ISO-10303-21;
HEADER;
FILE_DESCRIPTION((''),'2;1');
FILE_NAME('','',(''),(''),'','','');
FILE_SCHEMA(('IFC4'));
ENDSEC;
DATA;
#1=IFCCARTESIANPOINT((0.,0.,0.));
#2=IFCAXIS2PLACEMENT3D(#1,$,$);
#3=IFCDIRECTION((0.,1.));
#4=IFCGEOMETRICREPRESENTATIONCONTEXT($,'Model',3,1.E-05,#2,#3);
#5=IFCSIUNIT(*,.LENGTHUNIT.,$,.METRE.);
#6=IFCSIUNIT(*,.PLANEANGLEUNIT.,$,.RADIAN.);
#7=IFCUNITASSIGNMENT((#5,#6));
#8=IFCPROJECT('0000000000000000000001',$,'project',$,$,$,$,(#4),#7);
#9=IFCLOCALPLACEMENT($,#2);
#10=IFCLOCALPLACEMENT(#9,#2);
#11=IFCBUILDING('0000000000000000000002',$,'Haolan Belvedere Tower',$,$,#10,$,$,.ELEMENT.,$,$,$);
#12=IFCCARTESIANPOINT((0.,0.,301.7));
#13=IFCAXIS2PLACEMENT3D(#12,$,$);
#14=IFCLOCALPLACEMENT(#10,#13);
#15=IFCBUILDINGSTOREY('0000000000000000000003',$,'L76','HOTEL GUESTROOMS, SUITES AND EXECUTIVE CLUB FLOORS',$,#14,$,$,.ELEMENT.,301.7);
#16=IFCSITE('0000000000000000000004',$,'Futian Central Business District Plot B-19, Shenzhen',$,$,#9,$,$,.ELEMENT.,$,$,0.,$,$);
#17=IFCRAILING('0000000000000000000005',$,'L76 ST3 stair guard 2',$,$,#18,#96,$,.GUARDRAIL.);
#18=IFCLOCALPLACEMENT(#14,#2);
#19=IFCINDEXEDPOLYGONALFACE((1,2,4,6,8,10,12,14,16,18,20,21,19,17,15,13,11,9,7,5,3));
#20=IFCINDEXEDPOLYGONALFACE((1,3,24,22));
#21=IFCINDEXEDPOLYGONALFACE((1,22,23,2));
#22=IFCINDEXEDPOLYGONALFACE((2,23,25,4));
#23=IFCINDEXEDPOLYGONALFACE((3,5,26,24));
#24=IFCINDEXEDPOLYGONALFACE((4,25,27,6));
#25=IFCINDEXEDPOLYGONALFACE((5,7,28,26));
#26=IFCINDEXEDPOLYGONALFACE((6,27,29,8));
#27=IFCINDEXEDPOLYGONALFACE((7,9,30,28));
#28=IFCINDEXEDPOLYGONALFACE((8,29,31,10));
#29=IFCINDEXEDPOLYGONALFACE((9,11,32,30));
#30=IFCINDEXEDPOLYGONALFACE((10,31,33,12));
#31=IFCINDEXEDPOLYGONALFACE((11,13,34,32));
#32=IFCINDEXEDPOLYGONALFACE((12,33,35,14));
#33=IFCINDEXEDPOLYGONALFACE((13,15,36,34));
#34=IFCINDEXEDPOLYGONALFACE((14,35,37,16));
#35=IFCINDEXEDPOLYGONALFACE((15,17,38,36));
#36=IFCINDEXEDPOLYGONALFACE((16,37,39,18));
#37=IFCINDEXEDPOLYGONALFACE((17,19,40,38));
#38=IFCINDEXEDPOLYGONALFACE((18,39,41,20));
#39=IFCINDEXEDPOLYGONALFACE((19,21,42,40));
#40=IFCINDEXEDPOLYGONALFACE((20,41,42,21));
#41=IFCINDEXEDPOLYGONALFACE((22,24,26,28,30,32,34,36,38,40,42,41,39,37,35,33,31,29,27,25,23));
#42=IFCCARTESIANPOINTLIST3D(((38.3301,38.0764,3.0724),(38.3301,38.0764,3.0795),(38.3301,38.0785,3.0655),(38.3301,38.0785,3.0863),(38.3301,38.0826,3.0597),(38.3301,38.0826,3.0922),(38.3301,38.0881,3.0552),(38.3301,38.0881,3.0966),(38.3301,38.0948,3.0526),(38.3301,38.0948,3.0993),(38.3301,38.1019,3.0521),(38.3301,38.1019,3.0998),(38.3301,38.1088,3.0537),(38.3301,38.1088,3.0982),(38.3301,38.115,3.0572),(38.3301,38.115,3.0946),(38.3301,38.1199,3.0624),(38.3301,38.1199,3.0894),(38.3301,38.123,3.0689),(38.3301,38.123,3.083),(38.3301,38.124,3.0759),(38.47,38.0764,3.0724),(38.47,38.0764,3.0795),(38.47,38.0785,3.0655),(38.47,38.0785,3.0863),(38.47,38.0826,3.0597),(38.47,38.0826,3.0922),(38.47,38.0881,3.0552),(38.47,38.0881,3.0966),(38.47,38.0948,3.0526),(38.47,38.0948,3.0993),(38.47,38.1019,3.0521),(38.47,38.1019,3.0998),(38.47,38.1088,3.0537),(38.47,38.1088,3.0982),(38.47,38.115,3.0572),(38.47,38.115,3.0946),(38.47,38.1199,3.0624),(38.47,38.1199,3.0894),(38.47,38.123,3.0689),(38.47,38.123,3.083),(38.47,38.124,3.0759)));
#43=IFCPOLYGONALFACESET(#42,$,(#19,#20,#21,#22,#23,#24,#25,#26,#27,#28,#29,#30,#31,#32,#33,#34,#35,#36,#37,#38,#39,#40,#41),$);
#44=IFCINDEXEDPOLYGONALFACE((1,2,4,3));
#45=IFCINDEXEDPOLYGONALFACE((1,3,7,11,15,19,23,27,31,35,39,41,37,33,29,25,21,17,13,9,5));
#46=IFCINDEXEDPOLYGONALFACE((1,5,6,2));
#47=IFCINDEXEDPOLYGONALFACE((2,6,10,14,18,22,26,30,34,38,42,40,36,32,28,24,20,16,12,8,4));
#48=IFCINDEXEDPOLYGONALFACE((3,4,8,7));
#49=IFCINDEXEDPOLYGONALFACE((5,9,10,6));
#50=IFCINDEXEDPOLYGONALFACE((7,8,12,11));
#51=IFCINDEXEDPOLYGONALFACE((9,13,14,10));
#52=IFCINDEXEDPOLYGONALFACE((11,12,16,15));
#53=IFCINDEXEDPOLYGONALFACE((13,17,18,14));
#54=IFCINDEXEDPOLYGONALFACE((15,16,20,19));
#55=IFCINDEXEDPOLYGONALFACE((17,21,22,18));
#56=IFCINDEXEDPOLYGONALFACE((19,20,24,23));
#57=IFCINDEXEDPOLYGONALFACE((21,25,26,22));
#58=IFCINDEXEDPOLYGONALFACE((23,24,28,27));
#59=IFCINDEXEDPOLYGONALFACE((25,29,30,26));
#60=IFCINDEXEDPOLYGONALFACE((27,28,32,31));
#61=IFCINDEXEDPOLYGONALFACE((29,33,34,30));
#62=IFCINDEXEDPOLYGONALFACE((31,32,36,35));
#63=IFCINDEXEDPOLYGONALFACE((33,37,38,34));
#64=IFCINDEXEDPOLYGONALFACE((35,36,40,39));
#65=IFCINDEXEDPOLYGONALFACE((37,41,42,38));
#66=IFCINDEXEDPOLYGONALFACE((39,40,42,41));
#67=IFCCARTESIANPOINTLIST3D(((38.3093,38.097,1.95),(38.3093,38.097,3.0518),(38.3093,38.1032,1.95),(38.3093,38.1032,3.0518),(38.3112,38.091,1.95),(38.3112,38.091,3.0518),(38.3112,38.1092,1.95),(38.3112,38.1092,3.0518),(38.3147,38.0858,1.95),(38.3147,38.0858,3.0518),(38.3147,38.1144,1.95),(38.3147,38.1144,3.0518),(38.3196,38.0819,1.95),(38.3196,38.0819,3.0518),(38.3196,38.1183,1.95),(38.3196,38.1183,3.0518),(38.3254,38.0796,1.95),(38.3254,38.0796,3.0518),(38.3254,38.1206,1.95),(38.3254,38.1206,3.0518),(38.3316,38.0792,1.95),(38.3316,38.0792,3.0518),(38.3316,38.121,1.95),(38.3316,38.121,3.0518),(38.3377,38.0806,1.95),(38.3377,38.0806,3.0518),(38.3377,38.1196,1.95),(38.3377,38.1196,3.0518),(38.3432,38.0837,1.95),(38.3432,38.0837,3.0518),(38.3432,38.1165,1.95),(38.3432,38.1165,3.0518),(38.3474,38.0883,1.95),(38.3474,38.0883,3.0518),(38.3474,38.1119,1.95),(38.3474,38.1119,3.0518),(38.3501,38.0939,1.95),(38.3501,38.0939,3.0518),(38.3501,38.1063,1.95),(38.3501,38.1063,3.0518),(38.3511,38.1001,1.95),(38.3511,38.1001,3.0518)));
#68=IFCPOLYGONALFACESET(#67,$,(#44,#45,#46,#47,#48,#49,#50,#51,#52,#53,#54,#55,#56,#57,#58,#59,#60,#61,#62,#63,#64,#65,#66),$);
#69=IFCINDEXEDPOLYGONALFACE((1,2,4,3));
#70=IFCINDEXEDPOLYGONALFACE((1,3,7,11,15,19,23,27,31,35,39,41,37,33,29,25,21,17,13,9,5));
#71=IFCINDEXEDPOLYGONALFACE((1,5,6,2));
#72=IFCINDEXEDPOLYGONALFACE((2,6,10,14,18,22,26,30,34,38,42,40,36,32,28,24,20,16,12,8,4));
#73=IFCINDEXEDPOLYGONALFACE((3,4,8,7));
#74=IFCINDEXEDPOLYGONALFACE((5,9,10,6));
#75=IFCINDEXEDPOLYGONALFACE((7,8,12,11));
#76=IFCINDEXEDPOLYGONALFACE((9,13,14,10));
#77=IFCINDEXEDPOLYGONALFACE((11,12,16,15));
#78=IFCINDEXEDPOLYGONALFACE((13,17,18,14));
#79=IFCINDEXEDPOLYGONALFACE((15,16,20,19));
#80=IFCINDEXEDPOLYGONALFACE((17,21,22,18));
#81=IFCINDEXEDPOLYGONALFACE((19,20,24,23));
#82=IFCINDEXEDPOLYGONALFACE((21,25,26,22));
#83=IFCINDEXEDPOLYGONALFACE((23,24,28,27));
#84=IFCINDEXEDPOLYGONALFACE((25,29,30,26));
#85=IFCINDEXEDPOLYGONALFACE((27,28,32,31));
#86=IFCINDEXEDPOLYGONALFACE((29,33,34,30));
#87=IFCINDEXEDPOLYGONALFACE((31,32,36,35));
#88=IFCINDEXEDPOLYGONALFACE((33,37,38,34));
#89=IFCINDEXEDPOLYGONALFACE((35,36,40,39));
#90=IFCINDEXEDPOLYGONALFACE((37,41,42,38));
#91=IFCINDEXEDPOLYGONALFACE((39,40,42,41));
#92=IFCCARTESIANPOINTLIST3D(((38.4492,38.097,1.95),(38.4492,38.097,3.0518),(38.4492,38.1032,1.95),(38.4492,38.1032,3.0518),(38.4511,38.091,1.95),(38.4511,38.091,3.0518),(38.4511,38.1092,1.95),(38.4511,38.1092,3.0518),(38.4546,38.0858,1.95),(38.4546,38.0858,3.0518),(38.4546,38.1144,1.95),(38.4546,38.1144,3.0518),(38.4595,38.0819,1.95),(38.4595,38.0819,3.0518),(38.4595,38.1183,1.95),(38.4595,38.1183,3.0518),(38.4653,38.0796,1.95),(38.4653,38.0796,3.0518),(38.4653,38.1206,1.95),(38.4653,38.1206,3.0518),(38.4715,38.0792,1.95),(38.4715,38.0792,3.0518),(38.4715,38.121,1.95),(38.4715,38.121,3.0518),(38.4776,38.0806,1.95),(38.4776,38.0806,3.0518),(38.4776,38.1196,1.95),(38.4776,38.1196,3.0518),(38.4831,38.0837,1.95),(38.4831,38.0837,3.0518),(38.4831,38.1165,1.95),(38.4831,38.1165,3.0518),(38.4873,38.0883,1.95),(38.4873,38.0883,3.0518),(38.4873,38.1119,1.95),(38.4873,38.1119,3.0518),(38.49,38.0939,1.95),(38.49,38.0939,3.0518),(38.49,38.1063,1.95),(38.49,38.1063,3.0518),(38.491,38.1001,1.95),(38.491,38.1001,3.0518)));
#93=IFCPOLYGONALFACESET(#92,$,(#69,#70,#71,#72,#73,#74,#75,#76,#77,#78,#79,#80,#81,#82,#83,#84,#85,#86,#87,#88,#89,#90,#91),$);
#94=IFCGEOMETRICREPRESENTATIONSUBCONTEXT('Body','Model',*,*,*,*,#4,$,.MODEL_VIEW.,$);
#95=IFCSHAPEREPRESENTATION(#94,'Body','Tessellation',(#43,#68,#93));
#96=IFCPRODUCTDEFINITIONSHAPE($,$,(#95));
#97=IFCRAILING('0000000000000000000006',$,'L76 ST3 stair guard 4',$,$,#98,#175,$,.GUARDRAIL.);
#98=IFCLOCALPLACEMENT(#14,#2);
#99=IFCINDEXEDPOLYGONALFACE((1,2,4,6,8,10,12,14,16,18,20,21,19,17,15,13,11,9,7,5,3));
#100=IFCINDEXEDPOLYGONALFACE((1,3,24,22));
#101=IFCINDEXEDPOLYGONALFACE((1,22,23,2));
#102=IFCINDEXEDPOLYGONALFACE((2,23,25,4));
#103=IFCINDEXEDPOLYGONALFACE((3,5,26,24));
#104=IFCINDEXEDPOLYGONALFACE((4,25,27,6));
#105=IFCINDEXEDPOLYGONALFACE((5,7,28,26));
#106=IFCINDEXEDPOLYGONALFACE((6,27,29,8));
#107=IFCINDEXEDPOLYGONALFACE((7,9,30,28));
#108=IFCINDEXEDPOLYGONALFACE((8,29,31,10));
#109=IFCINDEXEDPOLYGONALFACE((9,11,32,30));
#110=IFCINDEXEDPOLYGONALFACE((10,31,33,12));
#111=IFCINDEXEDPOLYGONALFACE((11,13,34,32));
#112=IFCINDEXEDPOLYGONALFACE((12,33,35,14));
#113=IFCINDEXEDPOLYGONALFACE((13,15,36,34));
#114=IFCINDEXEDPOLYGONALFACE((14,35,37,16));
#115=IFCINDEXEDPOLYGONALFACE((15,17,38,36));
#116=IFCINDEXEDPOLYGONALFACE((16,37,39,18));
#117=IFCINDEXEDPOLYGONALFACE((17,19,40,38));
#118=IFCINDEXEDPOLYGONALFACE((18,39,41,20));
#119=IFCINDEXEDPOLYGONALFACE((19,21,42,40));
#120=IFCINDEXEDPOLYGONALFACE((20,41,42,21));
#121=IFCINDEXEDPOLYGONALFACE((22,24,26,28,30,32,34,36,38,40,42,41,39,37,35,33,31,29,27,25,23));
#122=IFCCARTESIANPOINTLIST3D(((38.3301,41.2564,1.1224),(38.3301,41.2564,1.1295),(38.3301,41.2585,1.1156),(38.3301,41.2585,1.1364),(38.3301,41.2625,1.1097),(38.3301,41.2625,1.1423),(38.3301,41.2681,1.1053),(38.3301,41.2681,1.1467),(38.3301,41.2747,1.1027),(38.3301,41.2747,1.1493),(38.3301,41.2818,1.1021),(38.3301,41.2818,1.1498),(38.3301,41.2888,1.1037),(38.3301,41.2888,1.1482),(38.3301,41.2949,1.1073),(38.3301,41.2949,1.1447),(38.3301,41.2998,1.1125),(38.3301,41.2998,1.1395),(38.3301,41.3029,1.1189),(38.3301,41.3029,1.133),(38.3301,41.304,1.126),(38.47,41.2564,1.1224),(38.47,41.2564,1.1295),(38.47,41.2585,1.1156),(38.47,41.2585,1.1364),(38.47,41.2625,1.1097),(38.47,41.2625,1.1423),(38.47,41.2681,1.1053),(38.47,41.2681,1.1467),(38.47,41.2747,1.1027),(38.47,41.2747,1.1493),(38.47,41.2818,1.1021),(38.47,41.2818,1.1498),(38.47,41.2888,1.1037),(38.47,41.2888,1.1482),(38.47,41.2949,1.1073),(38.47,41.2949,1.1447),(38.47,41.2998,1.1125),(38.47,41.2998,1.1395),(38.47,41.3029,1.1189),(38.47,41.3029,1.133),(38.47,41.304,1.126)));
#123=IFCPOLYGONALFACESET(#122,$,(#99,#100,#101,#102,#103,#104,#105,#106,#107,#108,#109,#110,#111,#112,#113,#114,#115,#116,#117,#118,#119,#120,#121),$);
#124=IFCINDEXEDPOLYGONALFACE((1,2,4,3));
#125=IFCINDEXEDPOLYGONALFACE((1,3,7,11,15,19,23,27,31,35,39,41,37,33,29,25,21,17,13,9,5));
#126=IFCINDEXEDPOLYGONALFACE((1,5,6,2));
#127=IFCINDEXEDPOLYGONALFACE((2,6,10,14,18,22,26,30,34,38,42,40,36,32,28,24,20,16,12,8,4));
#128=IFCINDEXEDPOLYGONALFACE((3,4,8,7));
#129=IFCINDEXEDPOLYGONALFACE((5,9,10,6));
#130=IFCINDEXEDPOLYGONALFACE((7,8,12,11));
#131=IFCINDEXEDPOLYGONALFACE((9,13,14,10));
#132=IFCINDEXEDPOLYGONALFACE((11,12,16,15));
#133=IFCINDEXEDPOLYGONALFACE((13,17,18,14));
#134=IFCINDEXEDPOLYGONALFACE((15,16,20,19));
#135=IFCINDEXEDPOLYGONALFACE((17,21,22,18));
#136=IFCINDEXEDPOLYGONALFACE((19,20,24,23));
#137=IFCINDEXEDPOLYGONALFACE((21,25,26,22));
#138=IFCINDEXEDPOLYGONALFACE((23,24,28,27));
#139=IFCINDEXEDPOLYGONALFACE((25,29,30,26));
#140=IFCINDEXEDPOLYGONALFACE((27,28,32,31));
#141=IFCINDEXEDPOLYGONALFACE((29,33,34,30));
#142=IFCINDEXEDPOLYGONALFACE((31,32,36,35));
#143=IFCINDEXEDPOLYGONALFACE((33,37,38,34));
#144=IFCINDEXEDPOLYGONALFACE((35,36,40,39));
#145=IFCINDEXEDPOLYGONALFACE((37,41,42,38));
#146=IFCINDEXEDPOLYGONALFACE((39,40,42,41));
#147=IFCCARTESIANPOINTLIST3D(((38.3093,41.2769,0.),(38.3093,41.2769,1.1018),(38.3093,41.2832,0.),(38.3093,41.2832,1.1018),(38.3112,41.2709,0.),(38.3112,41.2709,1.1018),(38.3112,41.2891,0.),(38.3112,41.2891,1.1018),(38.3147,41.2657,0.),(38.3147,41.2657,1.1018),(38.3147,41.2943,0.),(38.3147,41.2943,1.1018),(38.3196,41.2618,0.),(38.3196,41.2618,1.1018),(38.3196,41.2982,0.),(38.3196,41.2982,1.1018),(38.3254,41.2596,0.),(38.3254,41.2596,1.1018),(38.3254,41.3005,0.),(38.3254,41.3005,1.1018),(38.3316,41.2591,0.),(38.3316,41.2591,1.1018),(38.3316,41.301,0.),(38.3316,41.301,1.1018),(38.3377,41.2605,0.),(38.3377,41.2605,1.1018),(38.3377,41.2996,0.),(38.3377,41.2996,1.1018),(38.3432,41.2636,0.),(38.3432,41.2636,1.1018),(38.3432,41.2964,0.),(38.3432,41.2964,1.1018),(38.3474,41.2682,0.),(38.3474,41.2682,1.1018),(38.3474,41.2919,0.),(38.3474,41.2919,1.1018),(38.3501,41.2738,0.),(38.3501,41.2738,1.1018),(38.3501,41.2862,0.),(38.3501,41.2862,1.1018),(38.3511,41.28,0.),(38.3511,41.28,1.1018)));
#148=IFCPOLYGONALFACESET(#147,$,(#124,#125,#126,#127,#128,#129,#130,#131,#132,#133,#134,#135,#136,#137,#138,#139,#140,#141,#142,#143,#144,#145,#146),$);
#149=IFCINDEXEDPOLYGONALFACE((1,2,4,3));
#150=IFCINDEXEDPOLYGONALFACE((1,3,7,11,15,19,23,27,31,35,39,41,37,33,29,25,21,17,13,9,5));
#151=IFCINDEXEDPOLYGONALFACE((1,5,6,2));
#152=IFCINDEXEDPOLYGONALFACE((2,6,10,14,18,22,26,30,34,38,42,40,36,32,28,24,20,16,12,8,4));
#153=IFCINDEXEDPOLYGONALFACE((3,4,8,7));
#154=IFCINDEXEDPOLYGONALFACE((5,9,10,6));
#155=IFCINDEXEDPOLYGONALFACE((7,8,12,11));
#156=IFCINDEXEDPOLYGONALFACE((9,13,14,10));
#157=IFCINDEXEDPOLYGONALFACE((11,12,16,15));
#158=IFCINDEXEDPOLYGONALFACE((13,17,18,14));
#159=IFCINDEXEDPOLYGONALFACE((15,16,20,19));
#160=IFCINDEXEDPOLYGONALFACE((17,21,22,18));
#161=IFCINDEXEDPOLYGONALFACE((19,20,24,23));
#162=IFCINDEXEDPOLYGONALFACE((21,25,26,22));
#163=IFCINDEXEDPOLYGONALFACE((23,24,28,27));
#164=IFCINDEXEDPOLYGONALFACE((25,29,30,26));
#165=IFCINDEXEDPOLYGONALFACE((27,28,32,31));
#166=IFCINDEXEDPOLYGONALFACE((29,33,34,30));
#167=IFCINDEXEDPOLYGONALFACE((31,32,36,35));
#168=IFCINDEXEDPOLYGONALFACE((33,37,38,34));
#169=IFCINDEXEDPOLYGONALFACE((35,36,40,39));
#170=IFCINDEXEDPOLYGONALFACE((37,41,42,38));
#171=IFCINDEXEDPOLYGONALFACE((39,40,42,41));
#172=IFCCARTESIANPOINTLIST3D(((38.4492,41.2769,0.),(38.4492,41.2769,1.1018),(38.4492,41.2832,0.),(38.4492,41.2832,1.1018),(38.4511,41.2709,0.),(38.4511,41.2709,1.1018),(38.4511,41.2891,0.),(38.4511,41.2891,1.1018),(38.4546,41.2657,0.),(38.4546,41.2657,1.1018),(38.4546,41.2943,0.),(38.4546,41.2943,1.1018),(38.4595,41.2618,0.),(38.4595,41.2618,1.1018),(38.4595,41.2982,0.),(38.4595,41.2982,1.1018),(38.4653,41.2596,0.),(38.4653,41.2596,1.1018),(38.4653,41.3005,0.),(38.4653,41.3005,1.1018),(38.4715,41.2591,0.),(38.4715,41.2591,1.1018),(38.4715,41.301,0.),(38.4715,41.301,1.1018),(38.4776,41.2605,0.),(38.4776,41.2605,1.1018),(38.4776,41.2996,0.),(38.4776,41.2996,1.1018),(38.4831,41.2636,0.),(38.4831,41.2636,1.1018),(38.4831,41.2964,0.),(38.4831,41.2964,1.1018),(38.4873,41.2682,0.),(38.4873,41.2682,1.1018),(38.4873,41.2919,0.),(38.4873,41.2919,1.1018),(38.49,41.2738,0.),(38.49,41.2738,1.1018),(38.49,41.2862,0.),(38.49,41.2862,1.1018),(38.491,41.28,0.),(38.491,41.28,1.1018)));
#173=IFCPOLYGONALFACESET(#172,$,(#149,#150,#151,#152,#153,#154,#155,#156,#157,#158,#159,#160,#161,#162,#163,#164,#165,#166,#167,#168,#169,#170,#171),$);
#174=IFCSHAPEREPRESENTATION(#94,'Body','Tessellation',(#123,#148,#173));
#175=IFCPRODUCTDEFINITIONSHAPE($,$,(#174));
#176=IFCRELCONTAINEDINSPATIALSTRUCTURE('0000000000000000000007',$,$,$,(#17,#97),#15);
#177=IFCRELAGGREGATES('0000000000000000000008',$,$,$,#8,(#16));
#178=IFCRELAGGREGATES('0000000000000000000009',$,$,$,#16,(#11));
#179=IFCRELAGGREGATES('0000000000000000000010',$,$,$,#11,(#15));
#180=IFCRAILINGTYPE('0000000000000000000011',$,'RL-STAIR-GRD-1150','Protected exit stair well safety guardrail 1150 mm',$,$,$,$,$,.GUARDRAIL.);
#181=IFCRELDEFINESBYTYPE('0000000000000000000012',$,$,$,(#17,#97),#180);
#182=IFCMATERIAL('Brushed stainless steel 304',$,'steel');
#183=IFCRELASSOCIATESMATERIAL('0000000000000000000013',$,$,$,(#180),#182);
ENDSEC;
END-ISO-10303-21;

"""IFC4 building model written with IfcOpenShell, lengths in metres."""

from ifc_helpers import new_model, si_unit, direction, frame, origin, origin_2d, place, context, subcontext, project, spatial, circle, extrude, material, type_object, element, save


model = new_model("IFC4")

# Units and contexts
model_context = context("Model", 3, precision=1e-05, world=origin(), true_north=direction((0.0, 1.0)))
body_context = subcontext(model_context, "Body", "Model", "MODEL_VIEW")
ifc_project = project(units=[si_unit("LENGTHUNIT", "METRE"), si_unit("PLANEANGLEUNIT", "RADIAN")], contexts=[model_context])

# Site, building, storey
site_placement = place(None, origin())
site = spatial("IfcSite", under=ifc_project, at=site_placement, Name="Futian Central Business District Plot B-19, Shenzhen", CompositionType="ELEMENT", RefElevation=0.0)
building_placement = place(site_placement, origin())
building = spatial("IfcBuilding", under=site, at=building_placement, Name="Haolan Belvedere Tower", CompositionType="ELEMENT")
storey_placement = place(building_placement, frame((0.0, 0.0, 301.7)))
storey = spatial("IfcBuildingStorey", under=building, at=storey_placement, Name="L76", Description="HOTEL GUESTROOMS, SUITES AND EXECUTIVE CLUB FLOORS", CompositionType="ELEMENT", Elevation=301.7)

# Railings
ifc_material_1 = material(Name="Brushed stainless steel 304", Category="steel")
railing_type_1 = type_object("IfcRailingType", Name="RL-STAIR-GRD-1150", Description="Protected exit stair well safety guardrail 1150 mm", PredefinedType="GUARDRAIL", material=ifc_material_1)
for number, where, name in (
    (1, (38.3301, 38.1001, 1.95), "L76 ST3 stair guard 2"),
    (2, (38.3301, 41.28, 0.0), "L76 ST3 stair guard 4"),
):
    element("IfcRailing", number, at=place(storey_placement, frame(where)), inside=storey, type_object=railing_type_1, Name=name, PredefinedType="GUARDRAIL", context=body_context, shape_type="SweptSolid", body=[
        extrude(circle(Radius=0.0239, at=origin_2d()), frame((0.0, 0.0, 1.126), z_axis=(1.0, 0.0, 0.0), x_axis=(0.0, 1.0, 0.0)), (0.0, 0.0, 1.0), 0.1399),
        extrude(circle(Radius=0.021, at=origin_2d()), origin(), (0.0, 0.0, 1.0), 1.1018),
        extrude(circle(Radius=0.021, at=origin_2d()), frame((0.1399, 0.0, 0.0)), (0.0, 0.0, 1.0), 1.1018),
    ])

save(model, "model.ifc")
